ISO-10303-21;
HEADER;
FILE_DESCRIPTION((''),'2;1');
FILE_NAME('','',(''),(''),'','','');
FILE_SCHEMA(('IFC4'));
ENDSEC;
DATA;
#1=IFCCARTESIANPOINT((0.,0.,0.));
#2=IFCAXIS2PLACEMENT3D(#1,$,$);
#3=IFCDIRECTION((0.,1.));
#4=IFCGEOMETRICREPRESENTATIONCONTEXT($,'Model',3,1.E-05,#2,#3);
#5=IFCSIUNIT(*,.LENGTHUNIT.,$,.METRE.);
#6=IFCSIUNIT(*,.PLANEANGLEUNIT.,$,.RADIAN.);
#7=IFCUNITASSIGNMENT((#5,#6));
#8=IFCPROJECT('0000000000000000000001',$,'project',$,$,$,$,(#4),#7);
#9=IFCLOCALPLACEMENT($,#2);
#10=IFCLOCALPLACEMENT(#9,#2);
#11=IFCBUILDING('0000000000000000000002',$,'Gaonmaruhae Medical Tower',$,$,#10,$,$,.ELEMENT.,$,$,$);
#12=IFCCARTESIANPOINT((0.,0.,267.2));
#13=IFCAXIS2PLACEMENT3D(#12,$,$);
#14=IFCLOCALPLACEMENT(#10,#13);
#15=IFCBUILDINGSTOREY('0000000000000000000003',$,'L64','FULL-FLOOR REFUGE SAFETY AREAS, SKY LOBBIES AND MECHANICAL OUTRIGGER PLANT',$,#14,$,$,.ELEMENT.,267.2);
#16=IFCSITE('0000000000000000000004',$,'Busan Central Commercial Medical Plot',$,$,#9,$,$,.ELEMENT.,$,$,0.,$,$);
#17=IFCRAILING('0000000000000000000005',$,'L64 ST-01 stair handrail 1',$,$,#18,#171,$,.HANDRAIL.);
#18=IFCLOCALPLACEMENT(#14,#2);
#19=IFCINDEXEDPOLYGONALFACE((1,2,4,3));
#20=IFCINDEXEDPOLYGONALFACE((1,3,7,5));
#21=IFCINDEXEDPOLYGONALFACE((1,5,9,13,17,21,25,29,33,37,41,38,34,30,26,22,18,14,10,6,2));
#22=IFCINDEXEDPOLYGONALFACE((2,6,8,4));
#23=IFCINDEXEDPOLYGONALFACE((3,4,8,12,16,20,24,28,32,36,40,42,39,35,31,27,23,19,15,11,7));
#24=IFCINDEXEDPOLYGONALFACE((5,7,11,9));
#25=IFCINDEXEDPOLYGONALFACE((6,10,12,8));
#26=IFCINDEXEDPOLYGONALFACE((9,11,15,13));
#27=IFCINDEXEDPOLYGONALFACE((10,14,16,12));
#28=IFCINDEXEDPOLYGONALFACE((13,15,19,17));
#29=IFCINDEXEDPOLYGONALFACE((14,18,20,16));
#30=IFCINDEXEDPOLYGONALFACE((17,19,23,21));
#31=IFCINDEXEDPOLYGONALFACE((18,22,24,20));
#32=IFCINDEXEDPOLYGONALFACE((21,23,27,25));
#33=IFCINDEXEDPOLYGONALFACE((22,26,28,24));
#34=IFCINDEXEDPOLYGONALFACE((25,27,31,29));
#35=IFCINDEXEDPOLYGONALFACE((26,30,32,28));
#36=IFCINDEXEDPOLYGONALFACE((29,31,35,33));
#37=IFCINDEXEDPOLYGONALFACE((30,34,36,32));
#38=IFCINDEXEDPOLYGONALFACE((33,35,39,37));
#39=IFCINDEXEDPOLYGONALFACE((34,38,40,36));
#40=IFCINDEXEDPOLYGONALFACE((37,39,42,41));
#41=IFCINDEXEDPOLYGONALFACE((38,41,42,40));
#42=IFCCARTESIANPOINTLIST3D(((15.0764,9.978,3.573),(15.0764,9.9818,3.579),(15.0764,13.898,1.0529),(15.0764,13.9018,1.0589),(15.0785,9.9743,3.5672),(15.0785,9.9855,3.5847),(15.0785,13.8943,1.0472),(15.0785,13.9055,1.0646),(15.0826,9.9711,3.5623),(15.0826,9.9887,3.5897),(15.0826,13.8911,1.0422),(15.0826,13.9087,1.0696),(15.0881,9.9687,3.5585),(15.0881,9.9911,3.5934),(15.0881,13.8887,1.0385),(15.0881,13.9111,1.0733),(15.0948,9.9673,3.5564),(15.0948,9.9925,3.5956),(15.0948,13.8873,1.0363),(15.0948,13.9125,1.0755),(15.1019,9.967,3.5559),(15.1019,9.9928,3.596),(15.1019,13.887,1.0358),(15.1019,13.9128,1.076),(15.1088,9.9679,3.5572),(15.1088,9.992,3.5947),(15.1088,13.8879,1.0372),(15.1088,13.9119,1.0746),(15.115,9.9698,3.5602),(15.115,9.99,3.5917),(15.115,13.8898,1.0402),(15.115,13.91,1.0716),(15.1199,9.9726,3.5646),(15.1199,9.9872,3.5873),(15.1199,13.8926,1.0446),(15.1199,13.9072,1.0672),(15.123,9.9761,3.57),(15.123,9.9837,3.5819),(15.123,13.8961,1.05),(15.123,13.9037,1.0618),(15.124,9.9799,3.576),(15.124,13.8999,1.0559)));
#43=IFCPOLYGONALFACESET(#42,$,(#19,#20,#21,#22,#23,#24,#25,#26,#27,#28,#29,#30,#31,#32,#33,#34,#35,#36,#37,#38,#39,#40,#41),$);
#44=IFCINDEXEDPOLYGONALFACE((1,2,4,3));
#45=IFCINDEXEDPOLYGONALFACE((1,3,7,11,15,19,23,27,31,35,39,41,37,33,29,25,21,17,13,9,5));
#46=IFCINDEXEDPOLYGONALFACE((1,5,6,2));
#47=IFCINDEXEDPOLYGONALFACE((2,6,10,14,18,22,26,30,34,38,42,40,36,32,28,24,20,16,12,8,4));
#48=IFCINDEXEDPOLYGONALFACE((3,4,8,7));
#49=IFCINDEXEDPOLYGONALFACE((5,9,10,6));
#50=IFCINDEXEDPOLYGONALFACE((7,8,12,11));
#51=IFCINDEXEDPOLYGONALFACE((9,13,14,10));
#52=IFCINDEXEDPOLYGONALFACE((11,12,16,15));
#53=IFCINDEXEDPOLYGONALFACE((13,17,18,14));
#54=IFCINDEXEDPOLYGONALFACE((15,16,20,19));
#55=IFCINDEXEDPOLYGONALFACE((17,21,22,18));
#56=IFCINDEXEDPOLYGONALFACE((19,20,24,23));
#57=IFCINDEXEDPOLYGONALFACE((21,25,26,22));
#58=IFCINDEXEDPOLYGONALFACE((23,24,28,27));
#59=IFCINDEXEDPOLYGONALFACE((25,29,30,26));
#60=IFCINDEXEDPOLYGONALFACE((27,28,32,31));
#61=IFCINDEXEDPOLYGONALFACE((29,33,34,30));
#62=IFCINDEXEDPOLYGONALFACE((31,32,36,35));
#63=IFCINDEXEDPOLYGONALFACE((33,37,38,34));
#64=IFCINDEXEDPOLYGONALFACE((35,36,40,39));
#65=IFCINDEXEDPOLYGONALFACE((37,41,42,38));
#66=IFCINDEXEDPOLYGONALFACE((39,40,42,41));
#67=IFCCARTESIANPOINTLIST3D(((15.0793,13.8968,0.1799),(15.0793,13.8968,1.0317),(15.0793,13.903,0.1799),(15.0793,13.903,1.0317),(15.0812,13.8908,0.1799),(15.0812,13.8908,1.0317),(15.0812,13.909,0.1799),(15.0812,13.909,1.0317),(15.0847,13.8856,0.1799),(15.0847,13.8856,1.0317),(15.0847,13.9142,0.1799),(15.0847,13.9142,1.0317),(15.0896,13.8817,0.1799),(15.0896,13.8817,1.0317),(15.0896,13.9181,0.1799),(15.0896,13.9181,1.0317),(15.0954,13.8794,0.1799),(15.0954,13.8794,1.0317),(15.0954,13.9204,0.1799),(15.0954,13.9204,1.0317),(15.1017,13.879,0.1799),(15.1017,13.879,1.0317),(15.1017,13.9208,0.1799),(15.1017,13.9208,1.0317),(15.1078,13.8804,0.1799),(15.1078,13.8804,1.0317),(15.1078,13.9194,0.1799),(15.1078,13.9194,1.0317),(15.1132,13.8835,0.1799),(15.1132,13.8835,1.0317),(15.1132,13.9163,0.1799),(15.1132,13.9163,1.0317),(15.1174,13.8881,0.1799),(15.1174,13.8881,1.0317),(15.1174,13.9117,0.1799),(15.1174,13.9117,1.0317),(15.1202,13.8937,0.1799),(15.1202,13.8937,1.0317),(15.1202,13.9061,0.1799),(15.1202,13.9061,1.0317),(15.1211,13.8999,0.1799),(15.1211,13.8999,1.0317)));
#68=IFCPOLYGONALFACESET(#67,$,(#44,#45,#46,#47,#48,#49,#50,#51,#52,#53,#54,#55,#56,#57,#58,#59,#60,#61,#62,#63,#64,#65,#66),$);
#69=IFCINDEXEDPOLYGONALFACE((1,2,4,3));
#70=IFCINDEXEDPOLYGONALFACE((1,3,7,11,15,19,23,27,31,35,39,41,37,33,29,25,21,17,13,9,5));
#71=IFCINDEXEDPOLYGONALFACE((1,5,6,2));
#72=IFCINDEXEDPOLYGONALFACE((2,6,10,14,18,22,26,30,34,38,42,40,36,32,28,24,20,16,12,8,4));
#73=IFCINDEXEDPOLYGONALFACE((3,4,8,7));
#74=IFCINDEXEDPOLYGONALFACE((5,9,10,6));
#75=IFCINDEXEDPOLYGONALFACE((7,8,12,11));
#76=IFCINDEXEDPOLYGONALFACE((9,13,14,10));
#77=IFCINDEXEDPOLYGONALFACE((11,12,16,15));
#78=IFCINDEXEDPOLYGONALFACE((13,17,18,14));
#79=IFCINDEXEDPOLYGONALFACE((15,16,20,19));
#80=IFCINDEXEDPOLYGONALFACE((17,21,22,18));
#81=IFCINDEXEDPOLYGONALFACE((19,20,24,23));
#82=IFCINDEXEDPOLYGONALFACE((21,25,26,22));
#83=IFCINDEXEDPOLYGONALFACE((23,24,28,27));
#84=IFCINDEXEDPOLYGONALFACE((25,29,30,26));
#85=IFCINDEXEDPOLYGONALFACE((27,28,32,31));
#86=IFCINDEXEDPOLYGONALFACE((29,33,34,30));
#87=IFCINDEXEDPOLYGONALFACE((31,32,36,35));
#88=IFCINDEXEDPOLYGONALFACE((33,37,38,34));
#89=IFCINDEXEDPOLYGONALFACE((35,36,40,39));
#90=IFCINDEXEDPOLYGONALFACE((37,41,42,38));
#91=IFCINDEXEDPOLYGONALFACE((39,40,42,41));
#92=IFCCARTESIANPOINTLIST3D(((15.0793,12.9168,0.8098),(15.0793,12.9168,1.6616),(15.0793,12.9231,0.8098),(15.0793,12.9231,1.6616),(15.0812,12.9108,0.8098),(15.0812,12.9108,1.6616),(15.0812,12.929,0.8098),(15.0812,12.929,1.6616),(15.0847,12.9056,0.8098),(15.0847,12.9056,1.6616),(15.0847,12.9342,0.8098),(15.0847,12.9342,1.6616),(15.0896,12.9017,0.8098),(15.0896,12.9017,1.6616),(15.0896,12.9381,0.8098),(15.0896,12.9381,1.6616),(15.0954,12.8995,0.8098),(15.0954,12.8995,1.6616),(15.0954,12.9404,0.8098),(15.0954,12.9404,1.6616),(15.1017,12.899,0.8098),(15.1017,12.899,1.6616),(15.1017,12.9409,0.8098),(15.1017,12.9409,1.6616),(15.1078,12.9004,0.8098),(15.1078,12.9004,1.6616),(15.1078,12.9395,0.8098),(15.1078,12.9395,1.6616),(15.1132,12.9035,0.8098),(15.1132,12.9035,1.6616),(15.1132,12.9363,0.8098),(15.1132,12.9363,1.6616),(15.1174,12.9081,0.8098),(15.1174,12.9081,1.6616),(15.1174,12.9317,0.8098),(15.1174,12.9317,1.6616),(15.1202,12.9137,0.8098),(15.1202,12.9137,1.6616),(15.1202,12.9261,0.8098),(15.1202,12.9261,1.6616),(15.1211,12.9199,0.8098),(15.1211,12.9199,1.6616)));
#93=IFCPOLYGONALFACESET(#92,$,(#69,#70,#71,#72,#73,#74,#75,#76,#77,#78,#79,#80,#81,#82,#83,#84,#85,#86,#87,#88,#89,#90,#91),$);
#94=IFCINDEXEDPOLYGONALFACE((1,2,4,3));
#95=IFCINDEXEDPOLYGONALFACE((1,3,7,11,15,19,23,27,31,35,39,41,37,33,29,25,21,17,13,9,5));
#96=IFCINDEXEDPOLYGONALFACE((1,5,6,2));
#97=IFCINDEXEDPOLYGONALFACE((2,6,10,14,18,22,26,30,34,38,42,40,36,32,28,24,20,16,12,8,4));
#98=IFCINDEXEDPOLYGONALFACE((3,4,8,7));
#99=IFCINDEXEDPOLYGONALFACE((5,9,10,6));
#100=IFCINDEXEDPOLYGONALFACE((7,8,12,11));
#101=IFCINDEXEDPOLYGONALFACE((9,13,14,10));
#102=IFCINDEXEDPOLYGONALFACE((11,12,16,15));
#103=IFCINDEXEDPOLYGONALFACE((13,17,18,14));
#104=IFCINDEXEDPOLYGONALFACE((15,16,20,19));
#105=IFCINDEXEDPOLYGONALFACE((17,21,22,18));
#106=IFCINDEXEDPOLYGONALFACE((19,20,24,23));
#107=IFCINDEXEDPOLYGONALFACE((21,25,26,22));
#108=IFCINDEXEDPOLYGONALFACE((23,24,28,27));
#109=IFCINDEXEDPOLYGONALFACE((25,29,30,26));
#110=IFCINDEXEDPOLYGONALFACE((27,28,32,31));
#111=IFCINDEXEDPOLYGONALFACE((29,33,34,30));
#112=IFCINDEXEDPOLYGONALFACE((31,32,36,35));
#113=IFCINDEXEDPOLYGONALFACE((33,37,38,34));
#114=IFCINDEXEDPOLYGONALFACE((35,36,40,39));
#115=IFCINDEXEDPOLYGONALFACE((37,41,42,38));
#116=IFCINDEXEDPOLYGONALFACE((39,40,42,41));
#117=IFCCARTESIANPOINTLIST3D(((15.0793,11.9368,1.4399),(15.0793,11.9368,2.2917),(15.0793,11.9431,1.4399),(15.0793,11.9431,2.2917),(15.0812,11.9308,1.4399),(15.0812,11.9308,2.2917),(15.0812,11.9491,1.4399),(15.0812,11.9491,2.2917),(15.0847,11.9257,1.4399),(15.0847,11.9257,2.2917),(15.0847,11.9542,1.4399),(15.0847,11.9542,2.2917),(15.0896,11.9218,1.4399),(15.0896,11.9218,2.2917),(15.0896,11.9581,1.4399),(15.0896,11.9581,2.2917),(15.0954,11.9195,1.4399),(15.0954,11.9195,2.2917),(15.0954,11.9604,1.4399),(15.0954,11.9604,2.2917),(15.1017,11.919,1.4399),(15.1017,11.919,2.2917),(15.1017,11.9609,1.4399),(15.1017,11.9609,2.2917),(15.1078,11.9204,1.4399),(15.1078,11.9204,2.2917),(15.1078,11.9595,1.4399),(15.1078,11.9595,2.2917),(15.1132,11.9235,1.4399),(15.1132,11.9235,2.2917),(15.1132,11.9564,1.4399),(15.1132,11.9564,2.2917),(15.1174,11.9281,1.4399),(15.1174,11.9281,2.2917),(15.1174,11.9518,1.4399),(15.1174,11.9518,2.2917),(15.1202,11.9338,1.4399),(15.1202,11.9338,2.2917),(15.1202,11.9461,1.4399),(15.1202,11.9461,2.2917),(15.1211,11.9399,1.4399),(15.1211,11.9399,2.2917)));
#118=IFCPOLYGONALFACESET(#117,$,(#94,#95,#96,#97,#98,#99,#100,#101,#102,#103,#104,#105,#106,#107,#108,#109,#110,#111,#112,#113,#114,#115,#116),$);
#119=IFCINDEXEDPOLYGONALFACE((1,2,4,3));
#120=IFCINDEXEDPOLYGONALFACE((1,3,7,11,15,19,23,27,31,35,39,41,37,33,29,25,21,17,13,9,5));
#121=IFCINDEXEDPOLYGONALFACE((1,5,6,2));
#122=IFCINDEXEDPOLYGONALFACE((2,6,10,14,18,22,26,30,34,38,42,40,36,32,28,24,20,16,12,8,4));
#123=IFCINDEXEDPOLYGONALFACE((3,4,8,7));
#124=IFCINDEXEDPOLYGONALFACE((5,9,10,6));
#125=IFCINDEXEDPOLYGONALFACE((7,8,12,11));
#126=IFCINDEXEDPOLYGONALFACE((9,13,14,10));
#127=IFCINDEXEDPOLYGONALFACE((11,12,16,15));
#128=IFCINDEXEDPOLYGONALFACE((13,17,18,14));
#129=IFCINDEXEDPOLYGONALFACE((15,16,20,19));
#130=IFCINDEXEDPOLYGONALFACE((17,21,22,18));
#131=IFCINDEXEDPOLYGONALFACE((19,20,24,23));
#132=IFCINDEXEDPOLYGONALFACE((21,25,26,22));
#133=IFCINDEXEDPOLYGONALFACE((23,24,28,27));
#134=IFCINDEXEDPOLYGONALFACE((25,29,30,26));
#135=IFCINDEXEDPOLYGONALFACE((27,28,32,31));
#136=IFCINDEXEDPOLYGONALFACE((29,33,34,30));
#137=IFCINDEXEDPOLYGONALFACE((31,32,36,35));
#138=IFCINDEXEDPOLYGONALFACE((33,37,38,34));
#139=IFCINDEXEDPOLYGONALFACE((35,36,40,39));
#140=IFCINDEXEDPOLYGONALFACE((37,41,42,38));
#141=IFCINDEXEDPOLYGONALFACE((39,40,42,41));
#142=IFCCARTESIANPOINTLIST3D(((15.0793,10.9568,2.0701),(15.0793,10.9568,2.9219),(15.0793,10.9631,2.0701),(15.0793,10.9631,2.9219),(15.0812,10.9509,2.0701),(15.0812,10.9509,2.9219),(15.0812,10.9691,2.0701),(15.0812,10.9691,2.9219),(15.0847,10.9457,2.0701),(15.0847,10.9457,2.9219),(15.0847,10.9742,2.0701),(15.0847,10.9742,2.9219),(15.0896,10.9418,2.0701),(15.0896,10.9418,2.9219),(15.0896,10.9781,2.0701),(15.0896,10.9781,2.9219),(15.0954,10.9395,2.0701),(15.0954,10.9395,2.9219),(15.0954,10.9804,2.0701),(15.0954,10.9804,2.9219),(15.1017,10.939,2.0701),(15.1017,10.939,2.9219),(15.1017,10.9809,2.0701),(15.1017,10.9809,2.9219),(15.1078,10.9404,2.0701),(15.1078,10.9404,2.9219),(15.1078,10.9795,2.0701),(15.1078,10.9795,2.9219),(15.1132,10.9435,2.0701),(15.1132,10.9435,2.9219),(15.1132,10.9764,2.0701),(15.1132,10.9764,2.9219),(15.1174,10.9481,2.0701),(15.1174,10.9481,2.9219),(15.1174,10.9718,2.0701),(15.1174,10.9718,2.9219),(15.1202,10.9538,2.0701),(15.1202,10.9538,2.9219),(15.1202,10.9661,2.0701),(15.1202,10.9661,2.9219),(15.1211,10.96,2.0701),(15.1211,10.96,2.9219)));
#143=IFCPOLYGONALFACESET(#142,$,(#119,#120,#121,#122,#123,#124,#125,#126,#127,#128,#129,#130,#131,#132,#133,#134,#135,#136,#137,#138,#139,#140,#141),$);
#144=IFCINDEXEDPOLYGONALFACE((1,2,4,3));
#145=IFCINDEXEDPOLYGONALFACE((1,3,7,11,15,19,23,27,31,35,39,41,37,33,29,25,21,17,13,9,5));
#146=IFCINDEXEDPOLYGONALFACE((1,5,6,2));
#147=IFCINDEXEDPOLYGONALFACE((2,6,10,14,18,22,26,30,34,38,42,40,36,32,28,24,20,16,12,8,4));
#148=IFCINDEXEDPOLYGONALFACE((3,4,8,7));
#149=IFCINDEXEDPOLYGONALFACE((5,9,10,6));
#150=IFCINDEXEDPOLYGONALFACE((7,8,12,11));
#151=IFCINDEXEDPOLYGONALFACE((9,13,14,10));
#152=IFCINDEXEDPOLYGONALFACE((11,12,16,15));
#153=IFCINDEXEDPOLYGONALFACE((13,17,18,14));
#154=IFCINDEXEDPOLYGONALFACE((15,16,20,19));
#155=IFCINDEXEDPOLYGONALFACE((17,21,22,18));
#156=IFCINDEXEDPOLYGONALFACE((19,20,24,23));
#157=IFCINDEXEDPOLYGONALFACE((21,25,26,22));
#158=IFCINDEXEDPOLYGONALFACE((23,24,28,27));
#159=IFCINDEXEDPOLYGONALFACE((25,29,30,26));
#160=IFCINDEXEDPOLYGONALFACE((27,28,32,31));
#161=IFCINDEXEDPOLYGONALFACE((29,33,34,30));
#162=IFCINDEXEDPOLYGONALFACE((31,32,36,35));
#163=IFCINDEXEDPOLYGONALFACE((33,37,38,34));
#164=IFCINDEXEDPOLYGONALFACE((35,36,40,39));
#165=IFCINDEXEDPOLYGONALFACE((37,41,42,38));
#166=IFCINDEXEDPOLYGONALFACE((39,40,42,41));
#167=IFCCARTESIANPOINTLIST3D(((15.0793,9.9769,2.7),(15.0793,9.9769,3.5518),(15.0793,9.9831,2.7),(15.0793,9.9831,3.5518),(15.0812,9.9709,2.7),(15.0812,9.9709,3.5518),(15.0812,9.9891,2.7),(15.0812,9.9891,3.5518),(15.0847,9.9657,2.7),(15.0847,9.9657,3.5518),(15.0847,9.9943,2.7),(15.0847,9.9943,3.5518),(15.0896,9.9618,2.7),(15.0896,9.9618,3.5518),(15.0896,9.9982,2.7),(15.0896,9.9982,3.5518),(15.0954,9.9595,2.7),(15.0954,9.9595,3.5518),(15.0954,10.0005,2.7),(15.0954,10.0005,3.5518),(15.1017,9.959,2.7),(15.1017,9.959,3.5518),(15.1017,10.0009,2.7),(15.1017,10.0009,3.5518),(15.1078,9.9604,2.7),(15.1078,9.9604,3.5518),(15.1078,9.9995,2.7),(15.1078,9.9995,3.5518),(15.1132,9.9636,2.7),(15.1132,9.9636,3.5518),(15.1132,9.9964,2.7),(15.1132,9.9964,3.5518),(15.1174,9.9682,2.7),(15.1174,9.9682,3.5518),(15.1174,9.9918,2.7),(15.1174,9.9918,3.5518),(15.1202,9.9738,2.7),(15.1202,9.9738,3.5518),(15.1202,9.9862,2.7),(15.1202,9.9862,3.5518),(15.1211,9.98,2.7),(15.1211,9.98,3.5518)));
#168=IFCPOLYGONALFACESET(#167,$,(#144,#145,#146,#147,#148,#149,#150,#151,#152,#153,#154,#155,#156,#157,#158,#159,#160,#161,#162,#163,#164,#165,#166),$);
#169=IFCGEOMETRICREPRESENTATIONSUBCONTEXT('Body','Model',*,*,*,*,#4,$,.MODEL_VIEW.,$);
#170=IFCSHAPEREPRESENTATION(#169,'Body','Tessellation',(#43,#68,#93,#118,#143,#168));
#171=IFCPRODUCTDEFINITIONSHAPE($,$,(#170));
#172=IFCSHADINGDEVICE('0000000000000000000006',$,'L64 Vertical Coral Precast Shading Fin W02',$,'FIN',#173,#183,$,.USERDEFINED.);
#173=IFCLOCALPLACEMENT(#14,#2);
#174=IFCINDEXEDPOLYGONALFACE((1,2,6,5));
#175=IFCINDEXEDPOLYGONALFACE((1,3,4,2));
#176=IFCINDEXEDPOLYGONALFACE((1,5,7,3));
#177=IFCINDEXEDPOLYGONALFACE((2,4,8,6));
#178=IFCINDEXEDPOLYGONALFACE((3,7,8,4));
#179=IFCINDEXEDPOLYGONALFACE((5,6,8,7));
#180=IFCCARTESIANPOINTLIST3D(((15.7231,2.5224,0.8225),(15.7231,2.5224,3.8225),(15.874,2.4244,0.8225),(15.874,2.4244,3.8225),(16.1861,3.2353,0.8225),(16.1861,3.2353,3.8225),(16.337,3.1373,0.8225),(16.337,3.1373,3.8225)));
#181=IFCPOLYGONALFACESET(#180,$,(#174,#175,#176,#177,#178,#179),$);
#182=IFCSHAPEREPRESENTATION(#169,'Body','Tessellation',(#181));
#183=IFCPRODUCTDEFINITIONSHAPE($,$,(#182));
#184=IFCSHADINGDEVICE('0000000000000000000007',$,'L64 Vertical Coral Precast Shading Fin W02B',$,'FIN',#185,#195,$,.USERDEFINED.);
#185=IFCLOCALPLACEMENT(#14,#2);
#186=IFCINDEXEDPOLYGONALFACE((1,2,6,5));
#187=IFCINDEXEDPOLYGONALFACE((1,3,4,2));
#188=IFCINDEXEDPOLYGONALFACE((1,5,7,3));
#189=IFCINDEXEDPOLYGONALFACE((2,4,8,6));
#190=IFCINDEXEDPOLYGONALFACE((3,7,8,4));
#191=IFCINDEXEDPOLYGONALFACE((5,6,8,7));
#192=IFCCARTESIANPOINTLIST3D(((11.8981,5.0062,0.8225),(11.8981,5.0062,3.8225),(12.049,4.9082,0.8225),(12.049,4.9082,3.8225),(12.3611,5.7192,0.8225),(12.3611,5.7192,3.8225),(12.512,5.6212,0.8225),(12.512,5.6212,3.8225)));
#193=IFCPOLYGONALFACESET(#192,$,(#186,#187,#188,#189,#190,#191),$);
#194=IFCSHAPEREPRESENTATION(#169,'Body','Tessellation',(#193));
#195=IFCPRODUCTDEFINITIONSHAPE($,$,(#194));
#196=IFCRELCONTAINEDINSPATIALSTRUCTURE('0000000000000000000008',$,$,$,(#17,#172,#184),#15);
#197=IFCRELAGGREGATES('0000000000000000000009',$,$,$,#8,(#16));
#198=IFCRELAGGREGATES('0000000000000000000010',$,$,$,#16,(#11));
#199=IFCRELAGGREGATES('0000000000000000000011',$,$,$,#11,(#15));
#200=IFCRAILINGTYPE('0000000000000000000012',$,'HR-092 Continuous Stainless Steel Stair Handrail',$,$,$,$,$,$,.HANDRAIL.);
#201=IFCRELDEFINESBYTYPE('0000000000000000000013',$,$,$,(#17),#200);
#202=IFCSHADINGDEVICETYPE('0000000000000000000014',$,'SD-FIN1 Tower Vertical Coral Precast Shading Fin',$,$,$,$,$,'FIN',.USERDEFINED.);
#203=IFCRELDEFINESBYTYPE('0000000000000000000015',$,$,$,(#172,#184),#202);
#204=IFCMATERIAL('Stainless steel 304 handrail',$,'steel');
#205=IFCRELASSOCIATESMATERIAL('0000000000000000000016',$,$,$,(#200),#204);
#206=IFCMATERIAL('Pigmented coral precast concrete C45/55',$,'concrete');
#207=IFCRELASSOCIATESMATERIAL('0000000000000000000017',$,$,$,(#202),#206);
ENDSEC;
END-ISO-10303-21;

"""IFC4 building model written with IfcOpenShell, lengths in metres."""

from ifc_helpers import new_model, si_unit, direction, frame, origin, origin_2d, place, context, subcontext, project, spatial, rectangle, circle, extrude, material, type_object, element, save


model = new_model("IFC4")

# Units and contexts
model_context = context("Model", 3, precision=1e-05, world=origin(), true_north=direction((0.0, 1.0)))
body_context = subcontext(model_context, "Body", "Model", "MODEL_VIEW")
ifc_project = project(units=[si_unit("LENGTHUNIT", "METRE"), si_unit("PLANEANGLEUNIT", "RADIAN")], contexts=[model_context])

# Site, building, storey
site_placement = place(None, origin())
site = spatial("IfcSite", under=ifc_project, at=site_placement, Name="Busan Central Commercial Medical Plot", CompositionType="ELEMENT", RefElevation=0.0)
building_placement = place(site_placement, origin())
building = spatial("IfcBuilding", under=site, at=building_placement, Name="Gaonmaruhae Medical Tower", CompositionType="ELEMENT")
storey_placement = place(building_placement, frame((0.0, 0.0, 267.2)))
storey = spatial("IfcBuildingStorey", under=building, at=storey_placement, Name="L64", Description="FULL-FLOOR REFUGE SAFETY AREAS, SKY LOBBIES AND MECHANICAL OUTRIGGER PLANT", CompositionType="ELEMENT", Elevation=267.2)

# Railing
ifc_material_1 = material(Name="Stainless steel 304 handrail", Category="steel")
railing_type_1 = type_object("IfcRailingType", Name="HR-092 Continuous Stainless Steel Stair Handrail", PredefinedType="HANDRAIL", material=ifc_material_1)
railing_1_placement = place(storey_placement, frame((15.1001, 13.8999, 0.1799)))
element("IfcRailing", 1, at=railing_1_placement, inside=storey, type_object=railing_type_1, Name="L64 ST-01 stair handrail 1", PredefinedType="HANDRAIL", context=body_context, shape_type="SweptSolid", body=[
    extrude(circle(Radius=0.0239, at=origin_2d()), frame((0.0, 0.0, 0.876), z_axis=(0.0, -0.841172, 0.540768), x_axis=(1.0, 0.0, 0.0)), (0.0, 0.0, 1.0), 4.6602),
    extrude(circle(Radius=0.021, at=origin_2d()), origin(), (0.0, 0.0, 1.0), 0.8518),
    extrude(circle(Radius=0.021, at=origin_2d()), frame((0.0, -0.98, 0.6299)), (0.0, 0.0, 1.0), 0.8518),
    extrude(circle(Radius=0.021, at=origin_2d()), frame((0.0, -1.96, 1.26)), (0.0, 0.0, 1.0), 0.8518),
    extrude(circle(Radius=0.021, at=origin_2d()), frame((0.0, -2.9399, 1.8901)), (0.0, 0.0, 1.0), 0.8518),
    extrude(circle(Radius=0.021, at=origin_2d()), frame((0.0, -3.9199, 2.52)), (0.0, 0.0, 1.0), 0.8518),
])

# Shading devices
ifc_material_2 = material(Name="Pigmented coral precast concrete C45/55", Category="concrete")
shading_device_type = type_object("IfcShadingDeviceType", Name="SD-FIN1 Tower Vertical Coral Precast Shading Fin", ElementType="FIN", PredefinedType="USERDEFINED", material=ifc_material_2)
for number, where, z_axis, x_axis, name in (
    (2, (16.03, 2.8298, 0.8225), (0.0, 0.0, 1.0), (-0.838671, 0.544639, 0.0), "L64 Vertical Coral Precast Shading Fin W02"),
    (3, (12.2051, 5.3137, 0.8225), (0.0, 0.0, 1.0), (-0.838671, 0.544639, 0.0), "L64 Vertical Coral Precast Shading Fin W02B"),
):
    element("IfcShadingDevice", number, at=place(storey_placement, frame(where, z_axis=z_axis, x_axis=x_axis)), inside=storey, type_object=shading_device_type, Name=name, ObjectType="FIN", PredefinedType="USERDEFINED", context=body_context, shape_type="SweptSolid", body=[
        extrude(rectangle(XDim=0.1799, YDim=0.8501, at=origin_2d()), origin(), (0.0, 0.0, 1.0), 3.0),
    ])

save(model, "model.ifc")
